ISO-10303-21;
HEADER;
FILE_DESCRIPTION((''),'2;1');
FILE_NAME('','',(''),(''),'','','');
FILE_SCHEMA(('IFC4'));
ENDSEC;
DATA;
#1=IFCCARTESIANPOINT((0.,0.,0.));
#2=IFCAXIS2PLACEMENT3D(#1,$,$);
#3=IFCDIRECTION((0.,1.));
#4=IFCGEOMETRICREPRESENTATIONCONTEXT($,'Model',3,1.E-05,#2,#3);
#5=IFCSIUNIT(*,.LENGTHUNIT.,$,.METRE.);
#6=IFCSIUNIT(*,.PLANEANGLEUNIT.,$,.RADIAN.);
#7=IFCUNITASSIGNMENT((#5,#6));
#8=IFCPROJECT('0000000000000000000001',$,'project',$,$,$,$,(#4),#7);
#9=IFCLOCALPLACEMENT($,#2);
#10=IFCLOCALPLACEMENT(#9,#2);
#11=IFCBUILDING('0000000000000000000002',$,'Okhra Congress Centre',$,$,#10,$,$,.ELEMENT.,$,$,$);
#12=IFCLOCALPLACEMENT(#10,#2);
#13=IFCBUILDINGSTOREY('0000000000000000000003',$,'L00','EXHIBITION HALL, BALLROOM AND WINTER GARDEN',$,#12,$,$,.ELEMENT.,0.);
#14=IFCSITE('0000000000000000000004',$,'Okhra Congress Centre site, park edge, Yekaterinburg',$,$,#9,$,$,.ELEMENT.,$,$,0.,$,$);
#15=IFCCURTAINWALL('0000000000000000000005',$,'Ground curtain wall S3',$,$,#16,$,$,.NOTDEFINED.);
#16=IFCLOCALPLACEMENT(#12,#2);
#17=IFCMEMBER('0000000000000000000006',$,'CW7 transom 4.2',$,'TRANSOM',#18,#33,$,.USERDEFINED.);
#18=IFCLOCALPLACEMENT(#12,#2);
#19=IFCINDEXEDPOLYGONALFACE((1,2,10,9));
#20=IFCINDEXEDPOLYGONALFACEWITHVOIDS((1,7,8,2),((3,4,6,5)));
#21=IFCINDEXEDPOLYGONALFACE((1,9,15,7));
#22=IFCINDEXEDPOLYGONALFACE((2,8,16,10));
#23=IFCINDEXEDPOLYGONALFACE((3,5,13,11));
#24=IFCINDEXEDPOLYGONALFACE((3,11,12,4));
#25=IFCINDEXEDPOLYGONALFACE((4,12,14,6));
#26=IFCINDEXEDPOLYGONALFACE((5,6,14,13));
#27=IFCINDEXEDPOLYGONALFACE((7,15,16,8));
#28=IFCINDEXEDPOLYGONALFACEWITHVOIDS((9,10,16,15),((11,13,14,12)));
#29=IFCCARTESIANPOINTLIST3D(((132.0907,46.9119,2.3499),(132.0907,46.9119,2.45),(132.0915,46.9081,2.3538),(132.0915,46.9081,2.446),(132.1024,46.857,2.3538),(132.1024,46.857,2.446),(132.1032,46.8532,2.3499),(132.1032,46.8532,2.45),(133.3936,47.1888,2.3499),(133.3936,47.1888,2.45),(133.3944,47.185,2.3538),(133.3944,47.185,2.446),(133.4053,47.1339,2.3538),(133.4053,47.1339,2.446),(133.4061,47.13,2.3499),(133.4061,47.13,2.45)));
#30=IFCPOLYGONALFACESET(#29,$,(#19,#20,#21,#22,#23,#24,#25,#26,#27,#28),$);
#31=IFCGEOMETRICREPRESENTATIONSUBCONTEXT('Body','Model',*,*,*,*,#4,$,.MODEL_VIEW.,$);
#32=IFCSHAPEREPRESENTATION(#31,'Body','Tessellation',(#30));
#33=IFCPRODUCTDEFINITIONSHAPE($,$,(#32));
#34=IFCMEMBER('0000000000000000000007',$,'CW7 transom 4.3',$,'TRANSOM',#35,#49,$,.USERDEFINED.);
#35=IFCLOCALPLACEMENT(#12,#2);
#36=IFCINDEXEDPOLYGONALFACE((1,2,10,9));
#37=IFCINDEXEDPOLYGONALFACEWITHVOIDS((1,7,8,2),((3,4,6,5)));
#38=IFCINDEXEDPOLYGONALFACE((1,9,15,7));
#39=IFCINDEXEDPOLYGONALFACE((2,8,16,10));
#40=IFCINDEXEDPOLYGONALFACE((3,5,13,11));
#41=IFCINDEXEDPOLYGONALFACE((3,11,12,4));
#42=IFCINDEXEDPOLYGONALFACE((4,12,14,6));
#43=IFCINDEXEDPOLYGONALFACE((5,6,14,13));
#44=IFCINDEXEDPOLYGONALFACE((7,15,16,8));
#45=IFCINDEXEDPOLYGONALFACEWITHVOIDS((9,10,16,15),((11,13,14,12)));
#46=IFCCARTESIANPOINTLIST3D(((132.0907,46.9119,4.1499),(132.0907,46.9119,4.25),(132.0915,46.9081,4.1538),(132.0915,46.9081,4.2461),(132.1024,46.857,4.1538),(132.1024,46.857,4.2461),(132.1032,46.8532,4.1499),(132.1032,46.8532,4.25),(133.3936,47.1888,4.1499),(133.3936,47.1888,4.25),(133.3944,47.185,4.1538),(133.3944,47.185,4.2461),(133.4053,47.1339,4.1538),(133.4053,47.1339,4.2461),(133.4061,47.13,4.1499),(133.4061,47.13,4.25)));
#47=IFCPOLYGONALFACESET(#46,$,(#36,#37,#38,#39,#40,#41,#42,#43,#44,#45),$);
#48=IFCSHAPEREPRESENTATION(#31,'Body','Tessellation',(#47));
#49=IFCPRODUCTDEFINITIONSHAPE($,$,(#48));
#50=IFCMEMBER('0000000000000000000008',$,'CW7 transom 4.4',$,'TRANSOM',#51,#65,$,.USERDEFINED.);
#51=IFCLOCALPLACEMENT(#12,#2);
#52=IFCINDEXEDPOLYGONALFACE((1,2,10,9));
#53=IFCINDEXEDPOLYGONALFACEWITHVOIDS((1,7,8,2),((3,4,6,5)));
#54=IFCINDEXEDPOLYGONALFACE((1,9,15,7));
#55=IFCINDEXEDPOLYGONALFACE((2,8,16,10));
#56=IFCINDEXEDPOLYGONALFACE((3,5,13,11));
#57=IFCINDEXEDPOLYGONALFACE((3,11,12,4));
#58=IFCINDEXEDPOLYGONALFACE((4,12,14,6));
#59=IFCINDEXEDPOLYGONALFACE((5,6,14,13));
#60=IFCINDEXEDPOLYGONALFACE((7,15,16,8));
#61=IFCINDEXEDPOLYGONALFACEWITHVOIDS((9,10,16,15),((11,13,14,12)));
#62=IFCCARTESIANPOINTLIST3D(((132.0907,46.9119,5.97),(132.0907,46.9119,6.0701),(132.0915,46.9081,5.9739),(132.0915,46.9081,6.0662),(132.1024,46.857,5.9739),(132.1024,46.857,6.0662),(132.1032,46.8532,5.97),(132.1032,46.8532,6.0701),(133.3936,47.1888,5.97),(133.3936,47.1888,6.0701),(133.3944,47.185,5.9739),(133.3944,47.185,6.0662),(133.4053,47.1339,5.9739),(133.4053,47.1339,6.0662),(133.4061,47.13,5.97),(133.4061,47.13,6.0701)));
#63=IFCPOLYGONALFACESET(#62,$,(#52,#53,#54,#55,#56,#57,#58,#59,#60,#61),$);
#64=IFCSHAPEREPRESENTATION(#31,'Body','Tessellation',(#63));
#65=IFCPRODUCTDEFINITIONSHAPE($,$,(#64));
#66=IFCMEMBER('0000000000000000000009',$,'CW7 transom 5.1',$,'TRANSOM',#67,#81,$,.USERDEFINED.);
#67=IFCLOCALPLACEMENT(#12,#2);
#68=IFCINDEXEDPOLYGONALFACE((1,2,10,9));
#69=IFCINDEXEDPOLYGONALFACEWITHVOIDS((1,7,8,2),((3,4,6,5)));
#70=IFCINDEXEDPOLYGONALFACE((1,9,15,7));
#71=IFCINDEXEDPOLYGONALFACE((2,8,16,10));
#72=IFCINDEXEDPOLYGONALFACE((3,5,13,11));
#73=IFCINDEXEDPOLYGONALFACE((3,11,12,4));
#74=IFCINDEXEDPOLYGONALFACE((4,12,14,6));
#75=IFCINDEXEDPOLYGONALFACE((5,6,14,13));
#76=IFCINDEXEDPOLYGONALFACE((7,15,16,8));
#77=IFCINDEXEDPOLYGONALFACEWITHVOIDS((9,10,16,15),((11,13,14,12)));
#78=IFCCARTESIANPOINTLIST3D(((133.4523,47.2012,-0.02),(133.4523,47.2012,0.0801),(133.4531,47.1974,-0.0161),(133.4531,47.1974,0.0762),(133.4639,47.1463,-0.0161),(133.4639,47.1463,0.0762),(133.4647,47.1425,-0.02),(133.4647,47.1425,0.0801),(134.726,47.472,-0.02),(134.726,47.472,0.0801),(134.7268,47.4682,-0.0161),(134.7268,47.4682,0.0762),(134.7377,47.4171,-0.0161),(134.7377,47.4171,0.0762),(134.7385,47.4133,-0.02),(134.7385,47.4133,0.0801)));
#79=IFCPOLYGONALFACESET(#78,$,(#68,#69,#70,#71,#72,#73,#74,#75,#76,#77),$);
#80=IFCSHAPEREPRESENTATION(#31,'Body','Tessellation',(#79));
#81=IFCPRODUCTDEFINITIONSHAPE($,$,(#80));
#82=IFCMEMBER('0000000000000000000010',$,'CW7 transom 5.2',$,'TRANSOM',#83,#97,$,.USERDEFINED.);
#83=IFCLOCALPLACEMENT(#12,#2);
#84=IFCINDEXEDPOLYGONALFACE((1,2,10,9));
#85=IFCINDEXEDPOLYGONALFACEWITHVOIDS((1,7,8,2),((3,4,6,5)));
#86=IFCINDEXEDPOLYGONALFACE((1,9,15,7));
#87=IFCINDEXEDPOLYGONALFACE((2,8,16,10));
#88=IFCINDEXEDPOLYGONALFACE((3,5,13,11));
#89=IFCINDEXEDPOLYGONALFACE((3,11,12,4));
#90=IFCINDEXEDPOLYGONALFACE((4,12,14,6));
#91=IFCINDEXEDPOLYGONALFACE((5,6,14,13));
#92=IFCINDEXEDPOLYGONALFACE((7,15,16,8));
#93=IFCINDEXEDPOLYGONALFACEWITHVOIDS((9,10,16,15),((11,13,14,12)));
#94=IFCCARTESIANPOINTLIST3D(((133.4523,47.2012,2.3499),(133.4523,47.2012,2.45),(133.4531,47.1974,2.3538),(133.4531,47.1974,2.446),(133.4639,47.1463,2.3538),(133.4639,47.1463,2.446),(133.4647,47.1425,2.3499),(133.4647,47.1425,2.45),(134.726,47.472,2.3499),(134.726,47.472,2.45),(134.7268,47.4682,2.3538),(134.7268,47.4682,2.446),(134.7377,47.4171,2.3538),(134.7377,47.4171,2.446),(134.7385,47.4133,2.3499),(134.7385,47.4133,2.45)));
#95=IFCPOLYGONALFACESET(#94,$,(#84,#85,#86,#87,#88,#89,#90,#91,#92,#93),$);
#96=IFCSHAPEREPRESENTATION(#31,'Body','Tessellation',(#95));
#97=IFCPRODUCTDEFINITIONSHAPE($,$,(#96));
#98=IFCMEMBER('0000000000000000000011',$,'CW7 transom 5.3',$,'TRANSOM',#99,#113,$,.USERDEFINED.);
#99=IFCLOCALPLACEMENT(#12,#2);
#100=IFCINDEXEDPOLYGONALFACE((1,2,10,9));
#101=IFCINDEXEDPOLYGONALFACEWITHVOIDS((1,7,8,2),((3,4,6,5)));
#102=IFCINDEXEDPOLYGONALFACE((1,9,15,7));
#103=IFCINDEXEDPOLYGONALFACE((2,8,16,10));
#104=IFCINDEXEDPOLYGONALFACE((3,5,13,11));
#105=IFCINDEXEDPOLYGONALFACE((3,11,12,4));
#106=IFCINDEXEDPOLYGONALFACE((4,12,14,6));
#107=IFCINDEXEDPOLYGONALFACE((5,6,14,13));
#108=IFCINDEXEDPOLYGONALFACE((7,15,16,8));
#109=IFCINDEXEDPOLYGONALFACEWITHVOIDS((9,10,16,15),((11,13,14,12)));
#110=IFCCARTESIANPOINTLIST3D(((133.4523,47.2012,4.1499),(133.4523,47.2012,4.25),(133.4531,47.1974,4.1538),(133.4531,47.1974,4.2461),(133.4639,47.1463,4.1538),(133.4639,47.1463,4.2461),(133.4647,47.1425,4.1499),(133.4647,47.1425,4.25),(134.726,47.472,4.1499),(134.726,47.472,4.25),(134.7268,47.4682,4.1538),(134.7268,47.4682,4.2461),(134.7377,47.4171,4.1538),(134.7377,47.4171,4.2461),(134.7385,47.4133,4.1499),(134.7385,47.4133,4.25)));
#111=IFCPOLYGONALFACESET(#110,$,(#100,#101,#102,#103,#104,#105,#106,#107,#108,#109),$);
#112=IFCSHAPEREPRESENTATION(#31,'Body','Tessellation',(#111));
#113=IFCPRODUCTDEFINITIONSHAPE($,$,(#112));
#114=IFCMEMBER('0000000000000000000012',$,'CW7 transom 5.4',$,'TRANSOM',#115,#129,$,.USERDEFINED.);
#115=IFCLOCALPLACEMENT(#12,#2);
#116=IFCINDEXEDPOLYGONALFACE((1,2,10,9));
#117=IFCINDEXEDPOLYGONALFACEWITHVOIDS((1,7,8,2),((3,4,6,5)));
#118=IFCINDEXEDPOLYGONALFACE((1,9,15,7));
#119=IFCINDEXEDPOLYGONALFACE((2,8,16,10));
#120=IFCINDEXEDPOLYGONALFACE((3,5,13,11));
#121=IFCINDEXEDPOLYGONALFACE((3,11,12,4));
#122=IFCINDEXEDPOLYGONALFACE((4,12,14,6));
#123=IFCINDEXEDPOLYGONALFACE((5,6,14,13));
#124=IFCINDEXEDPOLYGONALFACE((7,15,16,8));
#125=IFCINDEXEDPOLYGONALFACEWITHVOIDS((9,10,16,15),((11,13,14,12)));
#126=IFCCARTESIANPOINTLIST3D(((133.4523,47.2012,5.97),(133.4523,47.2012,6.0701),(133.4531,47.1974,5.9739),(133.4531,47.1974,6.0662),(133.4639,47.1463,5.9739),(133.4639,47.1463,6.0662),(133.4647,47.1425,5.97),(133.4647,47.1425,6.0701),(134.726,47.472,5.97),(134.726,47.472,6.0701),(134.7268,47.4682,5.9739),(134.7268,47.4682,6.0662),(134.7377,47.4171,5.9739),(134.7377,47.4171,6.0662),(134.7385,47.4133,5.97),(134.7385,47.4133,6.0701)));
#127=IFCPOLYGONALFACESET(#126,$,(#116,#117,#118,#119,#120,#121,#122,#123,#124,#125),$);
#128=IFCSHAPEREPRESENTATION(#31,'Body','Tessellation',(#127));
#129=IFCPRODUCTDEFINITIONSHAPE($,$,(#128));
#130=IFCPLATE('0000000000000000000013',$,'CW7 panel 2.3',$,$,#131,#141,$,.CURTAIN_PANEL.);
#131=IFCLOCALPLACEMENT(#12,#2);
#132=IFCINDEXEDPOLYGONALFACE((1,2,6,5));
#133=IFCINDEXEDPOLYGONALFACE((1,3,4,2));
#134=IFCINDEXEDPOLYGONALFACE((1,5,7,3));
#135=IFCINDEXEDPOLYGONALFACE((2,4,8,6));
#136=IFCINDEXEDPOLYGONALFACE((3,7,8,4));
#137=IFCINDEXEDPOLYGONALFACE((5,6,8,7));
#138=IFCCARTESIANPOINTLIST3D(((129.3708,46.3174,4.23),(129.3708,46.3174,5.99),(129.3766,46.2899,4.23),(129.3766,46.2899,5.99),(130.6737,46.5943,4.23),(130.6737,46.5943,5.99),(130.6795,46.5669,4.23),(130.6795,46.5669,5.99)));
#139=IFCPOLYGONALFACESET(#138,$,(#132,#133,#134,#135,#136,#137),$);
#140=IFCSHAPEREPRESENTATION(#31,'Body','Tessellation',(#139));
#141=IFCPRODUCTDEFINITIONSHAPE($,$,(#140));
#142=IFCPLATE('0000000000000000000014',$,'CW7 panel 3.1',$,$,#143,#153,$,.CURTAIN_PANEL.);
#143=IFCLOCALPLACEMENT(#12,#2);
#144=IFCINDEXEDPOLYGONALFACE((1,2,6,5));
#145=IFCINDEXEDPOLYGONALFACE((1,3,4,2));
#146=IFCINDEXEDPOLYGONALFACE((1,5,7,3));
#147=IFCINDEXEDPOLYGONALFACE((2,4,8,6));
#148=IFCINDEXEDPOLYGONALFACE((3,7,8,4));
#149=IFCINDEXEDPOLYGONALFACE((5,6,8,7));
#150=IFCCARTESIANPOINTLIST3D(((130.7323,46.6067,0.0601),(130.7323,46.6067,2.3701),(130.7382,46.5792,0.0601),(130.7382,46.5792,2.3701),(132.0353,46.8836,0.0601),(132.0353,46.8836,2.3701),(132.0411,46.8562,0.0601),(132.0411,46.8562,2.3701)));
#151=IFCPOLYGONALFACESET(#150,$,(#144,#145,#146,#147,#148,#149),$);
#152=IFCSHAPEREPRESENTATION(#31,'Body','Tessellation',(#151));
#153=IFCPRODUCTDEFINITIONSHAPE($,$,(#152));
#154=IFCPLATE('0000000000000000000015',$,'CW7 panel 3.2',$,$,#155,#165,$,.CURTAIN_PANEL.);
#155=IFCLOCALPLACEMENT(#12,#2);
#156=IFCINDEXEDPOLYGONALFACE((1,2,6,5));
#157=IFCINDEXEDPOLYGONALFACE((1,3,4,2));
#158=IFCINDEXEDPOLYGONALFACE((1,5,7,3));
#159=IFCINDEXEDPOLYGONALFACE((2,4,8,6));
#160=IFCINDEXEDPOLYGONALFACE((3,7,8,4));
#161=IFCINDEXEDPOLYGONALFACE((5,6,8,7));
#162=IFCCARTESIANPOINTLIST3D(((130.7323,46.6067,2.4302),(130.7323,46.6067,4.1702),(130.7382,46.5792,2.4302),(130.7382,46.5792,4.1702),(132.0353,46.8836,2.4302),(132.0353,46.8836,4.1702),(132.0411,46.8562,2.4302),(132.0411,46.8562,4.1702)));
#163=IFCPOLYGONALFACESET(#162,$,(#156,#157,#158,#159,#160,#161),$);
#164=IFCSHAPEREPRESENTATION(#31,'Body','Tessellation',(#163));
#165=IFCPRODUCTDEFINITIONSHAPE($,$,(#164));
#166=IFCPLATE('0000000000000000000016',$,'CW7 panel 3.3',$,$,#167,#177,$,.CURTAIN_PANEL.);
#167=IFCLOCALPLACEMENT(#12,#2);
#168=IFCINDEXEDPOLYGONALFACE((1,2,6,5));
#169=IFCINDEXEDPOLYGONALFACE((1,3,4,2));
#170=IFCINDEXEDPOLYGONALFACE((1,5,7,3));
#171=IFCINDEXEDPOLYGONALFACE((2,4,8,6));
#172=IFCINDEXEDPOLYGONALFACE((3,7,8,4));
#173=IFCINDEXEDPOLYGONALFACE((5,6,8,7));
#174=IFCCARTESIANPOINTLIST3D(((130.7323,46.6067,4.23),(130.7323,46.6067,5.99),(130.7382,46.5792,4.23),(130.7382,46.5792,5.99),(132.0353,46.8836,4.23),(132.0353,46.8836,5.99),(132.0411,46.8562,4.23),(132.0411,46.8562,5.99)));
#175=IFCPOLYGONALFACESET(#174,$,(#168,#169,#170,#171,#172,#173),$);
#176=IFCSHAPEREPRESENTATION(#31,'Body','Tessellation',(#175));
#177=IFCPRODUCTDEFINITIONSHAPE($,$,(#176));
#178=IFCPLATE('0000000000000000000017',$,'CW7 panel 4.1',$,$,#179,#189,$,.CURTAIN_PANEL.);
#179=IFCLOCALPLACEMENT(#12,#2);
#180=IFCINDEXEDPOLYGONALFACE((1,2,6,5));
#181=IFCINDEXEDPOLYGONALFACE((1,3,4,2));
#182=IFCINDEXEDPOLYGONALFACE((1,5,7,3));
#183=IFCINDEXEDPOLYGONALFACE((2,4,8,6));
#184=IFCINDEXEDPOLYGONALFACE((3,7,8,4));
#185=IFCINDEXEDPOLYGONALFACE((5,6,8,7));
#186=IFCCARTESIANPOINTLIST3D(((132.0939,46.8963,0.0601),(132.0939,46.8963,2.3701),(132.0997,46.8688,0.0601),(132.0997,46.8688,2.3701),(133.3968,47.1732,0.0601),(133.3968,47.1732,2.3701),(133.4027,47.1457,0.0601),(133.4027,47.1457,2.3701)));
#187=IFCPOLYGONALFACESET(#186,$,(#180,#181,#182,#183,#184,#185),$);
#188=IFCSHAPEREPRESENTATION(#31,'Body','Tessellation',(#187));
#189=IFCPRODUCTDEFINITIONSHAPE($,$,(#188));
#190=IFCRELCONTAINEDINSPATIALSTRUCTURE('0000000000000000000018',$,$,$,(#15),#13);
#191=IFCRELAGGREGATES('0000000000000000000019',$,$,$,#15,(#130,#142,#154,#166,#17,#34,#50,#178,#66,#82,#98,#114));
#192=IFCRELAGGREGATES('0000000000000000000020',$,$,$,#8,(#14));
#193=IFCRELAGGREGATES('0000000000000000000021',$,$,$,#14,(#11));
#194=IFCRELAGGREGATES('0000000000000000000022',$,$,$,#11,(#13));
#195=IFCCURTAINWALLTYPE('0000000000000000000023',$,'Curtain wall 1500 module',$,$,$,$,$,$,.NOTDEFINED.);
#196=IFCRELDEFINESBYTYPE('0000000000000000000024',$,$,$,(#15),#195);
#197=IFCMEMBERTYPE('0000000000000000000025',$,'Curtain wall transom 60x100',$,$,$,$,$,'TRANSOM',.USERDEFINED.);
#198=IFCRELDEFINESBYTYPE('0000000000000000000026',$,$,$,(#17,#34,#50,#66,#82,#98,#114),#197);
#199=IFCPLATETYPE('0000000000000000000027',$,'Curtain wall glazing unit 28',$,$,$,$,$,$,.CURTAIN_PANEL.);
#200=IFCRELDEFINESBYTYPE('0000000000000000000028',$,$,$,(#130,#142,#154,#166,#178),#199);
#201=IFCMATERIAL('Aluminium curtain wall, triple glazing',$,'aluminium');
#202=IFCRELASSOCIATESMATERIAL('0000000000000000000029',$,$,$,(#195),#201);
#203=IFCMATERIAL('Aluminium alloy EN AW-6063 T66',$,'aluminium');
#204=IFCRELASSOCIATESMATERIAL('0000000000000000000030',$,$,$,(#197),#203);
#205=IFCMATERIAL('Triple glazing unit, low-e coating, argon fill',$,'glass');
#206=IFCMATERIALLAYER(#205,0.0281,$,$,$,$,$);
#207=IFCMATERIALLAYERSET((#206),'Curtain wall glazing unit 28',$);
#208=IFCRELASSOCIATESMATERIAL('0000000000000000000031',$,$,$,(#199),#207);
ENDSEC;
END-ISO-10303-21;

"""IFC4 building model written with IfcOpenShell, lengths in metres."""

from ifc_helpers import new_model, si_unit, direction, frame, origin, origin_2d, place, context, subcontext, project, spatial, rectangle, hollow_rectangle, extrude, material, layer, layer_set, material_profile, profile_set, type_object, element, aggregate, save


model = new_model("IFC4")

# Units and contexts
model_context = context("Model", 3, precision=1e-05, world=origin(), true_north=direction((0.0, 1.0)))
body_context = subcontext(model_context, "Body", "Model", "MODEL_VIEW")
ifc_project = project(units=[si_unit("LENGTHUNIT", "METRE"), si_unit("PLANEANGLEUNIT", "RADIAN")], contexts=[model_context])

# Site, building, storey
site_placement = place(None, origin())
site = spatial("IfcSite", under=ifc_project, at=site_placement, Name="Okhra Congress Centre site, park edge, Yekaterinburg", CompositionType="ELEMENT", RefElevation=0.0)
building_placement = place(site_placement, origin())
building = spatial("IfcBuilding", under=site, at=building_placement, Name="Okhra Congress Centre", CompositionType="ELEMENT")
storey_placement = place(building_placement, origin())
storey = spatial("IfcBuildingStorey", under=building, at=storey_placement, Name="L00", Description="EXHIBITION HALL, BALLROOM AND WINTER GARDEN", CompositionType="ELEMENT", Elevation=0.0)

# Curtain wall, members, plates
ifc_material_1 = material(Name="Aluminium curtain wall, triple glazing", Category="aluminium")
curtain_wall_type = type_object("IfcCurtainWallType", Name="Curtain wall 1500 module", PredefinedType="NOTDEFINED", material=ifc_material_1)
curtain_wall_placement = place(storey_placement, origin())
curtain_wall = element("IfcCurtainWall", 1, at=curtain_wall_placement, inside=storey, type_object=curtain_wall_type, Name="Ground curtain wall S3", PredefinedType="NOTDEFINED")
ifc_material_2 = material(Name="Aluminium alloy EN AW-6063 T66", Category="aluminium")
ifc_material_profile_1 = material_profile(ifc_material_2, hollow_rectangle(XDim=0.0601, YDim=0.1001, WallThickness=0.0039, at=origin_2d()), Name="RHS 60x100x4")
ifc_profile_set_1 = profile_set([ifc_material_profile_1], Name="Aluminium alloy EN AW-6063 T66")
member_type_1 = type_object("IfcMemberType", Name="Curtain wall transom 60x100", ElementType="TRANSOM", PredefinedType="USERDEFINED", material=ifc_profile_set_1)
member_1_placement = place(storey_placement, frame((132.0969, 46.8826, 2.3999), z_axis=(0.978163, 0.207839, 0.0), x_axis=(-0.207839, 0.978163, 0.0)))
member_1 = element("IfcMember", 2, at=member_1_placement, type_object=member_type_1, Name="CW7 transom 4.2", ObjectType="TRANSOM", PredefinedType="USERDEFINED", context=body_context, shape_type="SweptSolid", body=[
    extrude(hollow_rectangle(XDim=0.0601, YDim=0.1001, WallThickness=0.0039, at=origin_2d()), origin(), (0.0, 0.0, 1.0), 1.332),
])
member_2_placement = place(storey_placement, frame((132.0969, 46.8826, 4.2), z_axis=(0.978163, 0.207839, 0.0), x_axis=(-0.207839, 0.978163, 0.0)))
member_2 = element("IfcMember", 3, at=member_2_placement, type_object=member_type_1, Name="CW7 transom 4.3", ObjectType="TRANSOM", PredefinedType="USERDEFINED", context=body_context, shape_type="SweptSolid", body=[
    extrude(hollow_rectangle(XDim=0.0601, YDim=0.1001, WallThickness=0.0039, at=origin_2d()), origin(), (0.0, 0.0, 1.0), 1.332),
])
member_3_placement = place(storey_placement, frame((132.0969, 46.8826, 6.02), z_axis=(0.978163, 0.207839, 0.0), x_axis=(-0.207839, 0.978163, 0.0)))
member_3 = element("IfcMember", 4, at=member_3_placement, type_object=member_type_1, Name="CW7 transom 4.4", ObjectType="TRANSOM", PredefinedType="USERDEFINED", context=body_context, shape_type="SweptSolid", body=[
    extrude(hollow_rectangle(XDim=0.0601, YDim=0.1001, WallThickness=0.0039, at=origin_2d()), origin(), (0.0, 0.0, 1.0), 1.332),
])
member_4_placement = place(storey_placement, frame((133.4585, 47.1719, 0.03), z_axis=(0.978144, 0.207928, 0.0), x_axis=(-0.207928, 0.978144, 0.0)))
member_4 = element("IfcMember", 5, at=member_4_placement, type_object=member_type_1, Name="CW7 transom 5.1", ObjectType="TRANSOM", PredefinedType="USERDEFINED", context=body_context, shape_type="SweptSolid", body=[
    extrude(hollow_rectangle(XDim=0.0601, YDim=0.1001, WallThickness=0.0039, at=origin_2d()), origin(), (0.0, 0.0, 1.0), 1.3022),
])
member_5_placement = place(storey_placement, frame((133.4585, 47.1719, 2.3999), z_axis=(0.978144, 0.207928, 0.0), x_axis=(-0.207928, 0.978144, 0.0)))
member_5 = element("IfcMember", 6, at=member_5_placement, type_object=member_type_1, Name="CW7 transom 5.2", ObjectType="TRANSOM", PredefinedType="USERDEFINED", context=body_context, shape_type="SweptSolid", body=[
    extrude(hollow_rectangle(XDim=0.0601, YDim=0.1001, WallThickness=0.0039, at=origin_2d()), origin(), (0.0, 0.0, 1.0), 1.3022),
])
member_6_placement = place(storey_placement, frame((133.4585, 47.1719, 4.2), z_axis=(0.978144, 0.207928, 0.0), x_axis=(-0.207928, 0.978144, 0.0)))
member_6 = element("IfcMember", 7, at=member_6_placement, type_object=member_type_1, Name="CW7 transom 5.3", ObjectType="TRANSOM", PredefinedType="USERDEFINED", context=body_context, shape_type="SweptSolid", body=[
    extrude(hollow_rectangle(XDim=0.0601, YDim=0.1001, WallThickness=0.0039, at=origin_2d()), origin(), (0.0, 0.0, 1.0), 1.3022),
])
member_7_placement = place(storey_placement, frame((133.4585, 47.1719, 6.02), z_axis=(0.978144, 0.207928, 0.0), x_axis=(-0.207928, 0.978144, 0.0)))
member_7 = element("IfcMember", 8, at=member_7_placement, type_object=member_type_1, Name="CW7 transom 5.4", ObjectType="TRANSOM", PredefinedType="USERDEFINED", context=body_context, shape_type="SweptSolid", body=[
    extrude(hollow_rectangle(XDim=0.0601, YDim=0.1001, WallThickness=0.0039, at=origin_2d()), origin(), (0.0, 0.0, 1.0), 1.3022),
])
ifc_material_3 = material(Name="Triple glazing unit, low-e coating, argon fill", Category="glass")
ifc_layer_1 = layer(ifc_material_3, 0.0281)
ifc_layer_set_1 = layer_set([ifc_layer_1], Name="Curtain wall glazing unit 28")
plate_type = type_object("IfcPlateType", Name="Curtain wall glazing unit 28", PredefinedType="CURTAIN_PANEL", material=ifc_layer_set_1)
plate_1_placement = place(storey_placement, frame((130.0251, 46.4421, 4.23), z_axis=(0.0, 0.0, 1.0), x_axis=(0.978148, 0.207912, 0.0)))
plate_1 = element("IfcPlate", 9, at=plate_1_placement, type_object=plate_type, Name="CW7 panel 2.3", PredefinedType="CURTAIN_PANEL", context=body_context, shape_type="SweptSolid", body=[
    extrude(rectangle(XDim=1.332, YDim=0.0281, at=origin_2d()), origin(), (0.0, 0.0, 1.0), 1.76),
])
plate_2_placement = place(storey_placement, frame((131.3867, 46.7314, 0.0601), z_axis=(0.0, 0.0, 1.0), x_axis=(0.978148, 0.207912, 0.0)))
plate_2 = element("IfcPlate", 10, at=plate_2_placement, type_object=plate_type, Name="CW7 panel 3.1", PredefinedType="CURTAIN_PANEL", context=body_context, shape_type="SweptSolid", body=[
    extrude(rectangle(XDim=1.332, YDim=0.0281, at=origin_2d()), origin(), (0.0, 0.0, 1.0), 2.3101),
])
plate_3_placement = place(storey_placement, frame((131.3867, 46.7314, 2.4302), z_axis=(0.0, 0.0, 1.0), x_axis=(0.978148, 0.207912, 0.0)))
plate_3 = element("IfcPlate", 11, at=plate_3_placement, type_object=plate_type, Name="CW7 panel 3.2", PredefinedType="CURTAIN_PANEL", context=body_context, shape_type="SweptSolid", body=[
    extrude(rectangle(XDim=1.332, YDim=0.0281, at=origin_2d()), origin(), (0.0, 0.0, 1.0), 1.74),
])
plate_4_placement = place(storey_placement, frame((131.3867, 46.7314, 4.23), z_axis=(0.0, 0.0, 1.0), x_axis=(0.978148, 0.207912, 0.0)))
plate_4 = element("IfcPlate", 12, at=plate_4_placement, type_object=plate_type, Name="CW7 panel 3.3", PredefinedType="CURTAIN_PANEL", context=body_context, shape_type="SweptSolid", body=[
    extrude(rectangle(XDim=1.332, YDim=0.0281, at=origin_2d()), origin(), (0.0, 0.0, 1.0), 1.76),
])
plate_5_placement = place(storey_placement, frame((132.7483, 47.021, 0.0601), z_axis=(0.0, 0.0, 1.0), x_axis=(0.978148, 0.207912, 0.0)))
plate_5 = element("IfcPlate", 13, at=plate_5_placement, type_object=plate_type, Name="CW7 panel 4.1", PredefinedType="CURTAIN_PANEL", context=body_context, shape_type="SweptSolid", body=[
    extrude(rectangle(XDim=1.332, YDim=0.0281, at=origin_2d()), origin(), (0.0, 0.0, 1.0), 2.3101),
])
aggregate(curtain_wall, [plate_1, plate_2, plate_3, plate_4, member_1, member_2, member_3, plate_5, member_4, member_5, member_6, member_7])

save(model, "model.ifc")
